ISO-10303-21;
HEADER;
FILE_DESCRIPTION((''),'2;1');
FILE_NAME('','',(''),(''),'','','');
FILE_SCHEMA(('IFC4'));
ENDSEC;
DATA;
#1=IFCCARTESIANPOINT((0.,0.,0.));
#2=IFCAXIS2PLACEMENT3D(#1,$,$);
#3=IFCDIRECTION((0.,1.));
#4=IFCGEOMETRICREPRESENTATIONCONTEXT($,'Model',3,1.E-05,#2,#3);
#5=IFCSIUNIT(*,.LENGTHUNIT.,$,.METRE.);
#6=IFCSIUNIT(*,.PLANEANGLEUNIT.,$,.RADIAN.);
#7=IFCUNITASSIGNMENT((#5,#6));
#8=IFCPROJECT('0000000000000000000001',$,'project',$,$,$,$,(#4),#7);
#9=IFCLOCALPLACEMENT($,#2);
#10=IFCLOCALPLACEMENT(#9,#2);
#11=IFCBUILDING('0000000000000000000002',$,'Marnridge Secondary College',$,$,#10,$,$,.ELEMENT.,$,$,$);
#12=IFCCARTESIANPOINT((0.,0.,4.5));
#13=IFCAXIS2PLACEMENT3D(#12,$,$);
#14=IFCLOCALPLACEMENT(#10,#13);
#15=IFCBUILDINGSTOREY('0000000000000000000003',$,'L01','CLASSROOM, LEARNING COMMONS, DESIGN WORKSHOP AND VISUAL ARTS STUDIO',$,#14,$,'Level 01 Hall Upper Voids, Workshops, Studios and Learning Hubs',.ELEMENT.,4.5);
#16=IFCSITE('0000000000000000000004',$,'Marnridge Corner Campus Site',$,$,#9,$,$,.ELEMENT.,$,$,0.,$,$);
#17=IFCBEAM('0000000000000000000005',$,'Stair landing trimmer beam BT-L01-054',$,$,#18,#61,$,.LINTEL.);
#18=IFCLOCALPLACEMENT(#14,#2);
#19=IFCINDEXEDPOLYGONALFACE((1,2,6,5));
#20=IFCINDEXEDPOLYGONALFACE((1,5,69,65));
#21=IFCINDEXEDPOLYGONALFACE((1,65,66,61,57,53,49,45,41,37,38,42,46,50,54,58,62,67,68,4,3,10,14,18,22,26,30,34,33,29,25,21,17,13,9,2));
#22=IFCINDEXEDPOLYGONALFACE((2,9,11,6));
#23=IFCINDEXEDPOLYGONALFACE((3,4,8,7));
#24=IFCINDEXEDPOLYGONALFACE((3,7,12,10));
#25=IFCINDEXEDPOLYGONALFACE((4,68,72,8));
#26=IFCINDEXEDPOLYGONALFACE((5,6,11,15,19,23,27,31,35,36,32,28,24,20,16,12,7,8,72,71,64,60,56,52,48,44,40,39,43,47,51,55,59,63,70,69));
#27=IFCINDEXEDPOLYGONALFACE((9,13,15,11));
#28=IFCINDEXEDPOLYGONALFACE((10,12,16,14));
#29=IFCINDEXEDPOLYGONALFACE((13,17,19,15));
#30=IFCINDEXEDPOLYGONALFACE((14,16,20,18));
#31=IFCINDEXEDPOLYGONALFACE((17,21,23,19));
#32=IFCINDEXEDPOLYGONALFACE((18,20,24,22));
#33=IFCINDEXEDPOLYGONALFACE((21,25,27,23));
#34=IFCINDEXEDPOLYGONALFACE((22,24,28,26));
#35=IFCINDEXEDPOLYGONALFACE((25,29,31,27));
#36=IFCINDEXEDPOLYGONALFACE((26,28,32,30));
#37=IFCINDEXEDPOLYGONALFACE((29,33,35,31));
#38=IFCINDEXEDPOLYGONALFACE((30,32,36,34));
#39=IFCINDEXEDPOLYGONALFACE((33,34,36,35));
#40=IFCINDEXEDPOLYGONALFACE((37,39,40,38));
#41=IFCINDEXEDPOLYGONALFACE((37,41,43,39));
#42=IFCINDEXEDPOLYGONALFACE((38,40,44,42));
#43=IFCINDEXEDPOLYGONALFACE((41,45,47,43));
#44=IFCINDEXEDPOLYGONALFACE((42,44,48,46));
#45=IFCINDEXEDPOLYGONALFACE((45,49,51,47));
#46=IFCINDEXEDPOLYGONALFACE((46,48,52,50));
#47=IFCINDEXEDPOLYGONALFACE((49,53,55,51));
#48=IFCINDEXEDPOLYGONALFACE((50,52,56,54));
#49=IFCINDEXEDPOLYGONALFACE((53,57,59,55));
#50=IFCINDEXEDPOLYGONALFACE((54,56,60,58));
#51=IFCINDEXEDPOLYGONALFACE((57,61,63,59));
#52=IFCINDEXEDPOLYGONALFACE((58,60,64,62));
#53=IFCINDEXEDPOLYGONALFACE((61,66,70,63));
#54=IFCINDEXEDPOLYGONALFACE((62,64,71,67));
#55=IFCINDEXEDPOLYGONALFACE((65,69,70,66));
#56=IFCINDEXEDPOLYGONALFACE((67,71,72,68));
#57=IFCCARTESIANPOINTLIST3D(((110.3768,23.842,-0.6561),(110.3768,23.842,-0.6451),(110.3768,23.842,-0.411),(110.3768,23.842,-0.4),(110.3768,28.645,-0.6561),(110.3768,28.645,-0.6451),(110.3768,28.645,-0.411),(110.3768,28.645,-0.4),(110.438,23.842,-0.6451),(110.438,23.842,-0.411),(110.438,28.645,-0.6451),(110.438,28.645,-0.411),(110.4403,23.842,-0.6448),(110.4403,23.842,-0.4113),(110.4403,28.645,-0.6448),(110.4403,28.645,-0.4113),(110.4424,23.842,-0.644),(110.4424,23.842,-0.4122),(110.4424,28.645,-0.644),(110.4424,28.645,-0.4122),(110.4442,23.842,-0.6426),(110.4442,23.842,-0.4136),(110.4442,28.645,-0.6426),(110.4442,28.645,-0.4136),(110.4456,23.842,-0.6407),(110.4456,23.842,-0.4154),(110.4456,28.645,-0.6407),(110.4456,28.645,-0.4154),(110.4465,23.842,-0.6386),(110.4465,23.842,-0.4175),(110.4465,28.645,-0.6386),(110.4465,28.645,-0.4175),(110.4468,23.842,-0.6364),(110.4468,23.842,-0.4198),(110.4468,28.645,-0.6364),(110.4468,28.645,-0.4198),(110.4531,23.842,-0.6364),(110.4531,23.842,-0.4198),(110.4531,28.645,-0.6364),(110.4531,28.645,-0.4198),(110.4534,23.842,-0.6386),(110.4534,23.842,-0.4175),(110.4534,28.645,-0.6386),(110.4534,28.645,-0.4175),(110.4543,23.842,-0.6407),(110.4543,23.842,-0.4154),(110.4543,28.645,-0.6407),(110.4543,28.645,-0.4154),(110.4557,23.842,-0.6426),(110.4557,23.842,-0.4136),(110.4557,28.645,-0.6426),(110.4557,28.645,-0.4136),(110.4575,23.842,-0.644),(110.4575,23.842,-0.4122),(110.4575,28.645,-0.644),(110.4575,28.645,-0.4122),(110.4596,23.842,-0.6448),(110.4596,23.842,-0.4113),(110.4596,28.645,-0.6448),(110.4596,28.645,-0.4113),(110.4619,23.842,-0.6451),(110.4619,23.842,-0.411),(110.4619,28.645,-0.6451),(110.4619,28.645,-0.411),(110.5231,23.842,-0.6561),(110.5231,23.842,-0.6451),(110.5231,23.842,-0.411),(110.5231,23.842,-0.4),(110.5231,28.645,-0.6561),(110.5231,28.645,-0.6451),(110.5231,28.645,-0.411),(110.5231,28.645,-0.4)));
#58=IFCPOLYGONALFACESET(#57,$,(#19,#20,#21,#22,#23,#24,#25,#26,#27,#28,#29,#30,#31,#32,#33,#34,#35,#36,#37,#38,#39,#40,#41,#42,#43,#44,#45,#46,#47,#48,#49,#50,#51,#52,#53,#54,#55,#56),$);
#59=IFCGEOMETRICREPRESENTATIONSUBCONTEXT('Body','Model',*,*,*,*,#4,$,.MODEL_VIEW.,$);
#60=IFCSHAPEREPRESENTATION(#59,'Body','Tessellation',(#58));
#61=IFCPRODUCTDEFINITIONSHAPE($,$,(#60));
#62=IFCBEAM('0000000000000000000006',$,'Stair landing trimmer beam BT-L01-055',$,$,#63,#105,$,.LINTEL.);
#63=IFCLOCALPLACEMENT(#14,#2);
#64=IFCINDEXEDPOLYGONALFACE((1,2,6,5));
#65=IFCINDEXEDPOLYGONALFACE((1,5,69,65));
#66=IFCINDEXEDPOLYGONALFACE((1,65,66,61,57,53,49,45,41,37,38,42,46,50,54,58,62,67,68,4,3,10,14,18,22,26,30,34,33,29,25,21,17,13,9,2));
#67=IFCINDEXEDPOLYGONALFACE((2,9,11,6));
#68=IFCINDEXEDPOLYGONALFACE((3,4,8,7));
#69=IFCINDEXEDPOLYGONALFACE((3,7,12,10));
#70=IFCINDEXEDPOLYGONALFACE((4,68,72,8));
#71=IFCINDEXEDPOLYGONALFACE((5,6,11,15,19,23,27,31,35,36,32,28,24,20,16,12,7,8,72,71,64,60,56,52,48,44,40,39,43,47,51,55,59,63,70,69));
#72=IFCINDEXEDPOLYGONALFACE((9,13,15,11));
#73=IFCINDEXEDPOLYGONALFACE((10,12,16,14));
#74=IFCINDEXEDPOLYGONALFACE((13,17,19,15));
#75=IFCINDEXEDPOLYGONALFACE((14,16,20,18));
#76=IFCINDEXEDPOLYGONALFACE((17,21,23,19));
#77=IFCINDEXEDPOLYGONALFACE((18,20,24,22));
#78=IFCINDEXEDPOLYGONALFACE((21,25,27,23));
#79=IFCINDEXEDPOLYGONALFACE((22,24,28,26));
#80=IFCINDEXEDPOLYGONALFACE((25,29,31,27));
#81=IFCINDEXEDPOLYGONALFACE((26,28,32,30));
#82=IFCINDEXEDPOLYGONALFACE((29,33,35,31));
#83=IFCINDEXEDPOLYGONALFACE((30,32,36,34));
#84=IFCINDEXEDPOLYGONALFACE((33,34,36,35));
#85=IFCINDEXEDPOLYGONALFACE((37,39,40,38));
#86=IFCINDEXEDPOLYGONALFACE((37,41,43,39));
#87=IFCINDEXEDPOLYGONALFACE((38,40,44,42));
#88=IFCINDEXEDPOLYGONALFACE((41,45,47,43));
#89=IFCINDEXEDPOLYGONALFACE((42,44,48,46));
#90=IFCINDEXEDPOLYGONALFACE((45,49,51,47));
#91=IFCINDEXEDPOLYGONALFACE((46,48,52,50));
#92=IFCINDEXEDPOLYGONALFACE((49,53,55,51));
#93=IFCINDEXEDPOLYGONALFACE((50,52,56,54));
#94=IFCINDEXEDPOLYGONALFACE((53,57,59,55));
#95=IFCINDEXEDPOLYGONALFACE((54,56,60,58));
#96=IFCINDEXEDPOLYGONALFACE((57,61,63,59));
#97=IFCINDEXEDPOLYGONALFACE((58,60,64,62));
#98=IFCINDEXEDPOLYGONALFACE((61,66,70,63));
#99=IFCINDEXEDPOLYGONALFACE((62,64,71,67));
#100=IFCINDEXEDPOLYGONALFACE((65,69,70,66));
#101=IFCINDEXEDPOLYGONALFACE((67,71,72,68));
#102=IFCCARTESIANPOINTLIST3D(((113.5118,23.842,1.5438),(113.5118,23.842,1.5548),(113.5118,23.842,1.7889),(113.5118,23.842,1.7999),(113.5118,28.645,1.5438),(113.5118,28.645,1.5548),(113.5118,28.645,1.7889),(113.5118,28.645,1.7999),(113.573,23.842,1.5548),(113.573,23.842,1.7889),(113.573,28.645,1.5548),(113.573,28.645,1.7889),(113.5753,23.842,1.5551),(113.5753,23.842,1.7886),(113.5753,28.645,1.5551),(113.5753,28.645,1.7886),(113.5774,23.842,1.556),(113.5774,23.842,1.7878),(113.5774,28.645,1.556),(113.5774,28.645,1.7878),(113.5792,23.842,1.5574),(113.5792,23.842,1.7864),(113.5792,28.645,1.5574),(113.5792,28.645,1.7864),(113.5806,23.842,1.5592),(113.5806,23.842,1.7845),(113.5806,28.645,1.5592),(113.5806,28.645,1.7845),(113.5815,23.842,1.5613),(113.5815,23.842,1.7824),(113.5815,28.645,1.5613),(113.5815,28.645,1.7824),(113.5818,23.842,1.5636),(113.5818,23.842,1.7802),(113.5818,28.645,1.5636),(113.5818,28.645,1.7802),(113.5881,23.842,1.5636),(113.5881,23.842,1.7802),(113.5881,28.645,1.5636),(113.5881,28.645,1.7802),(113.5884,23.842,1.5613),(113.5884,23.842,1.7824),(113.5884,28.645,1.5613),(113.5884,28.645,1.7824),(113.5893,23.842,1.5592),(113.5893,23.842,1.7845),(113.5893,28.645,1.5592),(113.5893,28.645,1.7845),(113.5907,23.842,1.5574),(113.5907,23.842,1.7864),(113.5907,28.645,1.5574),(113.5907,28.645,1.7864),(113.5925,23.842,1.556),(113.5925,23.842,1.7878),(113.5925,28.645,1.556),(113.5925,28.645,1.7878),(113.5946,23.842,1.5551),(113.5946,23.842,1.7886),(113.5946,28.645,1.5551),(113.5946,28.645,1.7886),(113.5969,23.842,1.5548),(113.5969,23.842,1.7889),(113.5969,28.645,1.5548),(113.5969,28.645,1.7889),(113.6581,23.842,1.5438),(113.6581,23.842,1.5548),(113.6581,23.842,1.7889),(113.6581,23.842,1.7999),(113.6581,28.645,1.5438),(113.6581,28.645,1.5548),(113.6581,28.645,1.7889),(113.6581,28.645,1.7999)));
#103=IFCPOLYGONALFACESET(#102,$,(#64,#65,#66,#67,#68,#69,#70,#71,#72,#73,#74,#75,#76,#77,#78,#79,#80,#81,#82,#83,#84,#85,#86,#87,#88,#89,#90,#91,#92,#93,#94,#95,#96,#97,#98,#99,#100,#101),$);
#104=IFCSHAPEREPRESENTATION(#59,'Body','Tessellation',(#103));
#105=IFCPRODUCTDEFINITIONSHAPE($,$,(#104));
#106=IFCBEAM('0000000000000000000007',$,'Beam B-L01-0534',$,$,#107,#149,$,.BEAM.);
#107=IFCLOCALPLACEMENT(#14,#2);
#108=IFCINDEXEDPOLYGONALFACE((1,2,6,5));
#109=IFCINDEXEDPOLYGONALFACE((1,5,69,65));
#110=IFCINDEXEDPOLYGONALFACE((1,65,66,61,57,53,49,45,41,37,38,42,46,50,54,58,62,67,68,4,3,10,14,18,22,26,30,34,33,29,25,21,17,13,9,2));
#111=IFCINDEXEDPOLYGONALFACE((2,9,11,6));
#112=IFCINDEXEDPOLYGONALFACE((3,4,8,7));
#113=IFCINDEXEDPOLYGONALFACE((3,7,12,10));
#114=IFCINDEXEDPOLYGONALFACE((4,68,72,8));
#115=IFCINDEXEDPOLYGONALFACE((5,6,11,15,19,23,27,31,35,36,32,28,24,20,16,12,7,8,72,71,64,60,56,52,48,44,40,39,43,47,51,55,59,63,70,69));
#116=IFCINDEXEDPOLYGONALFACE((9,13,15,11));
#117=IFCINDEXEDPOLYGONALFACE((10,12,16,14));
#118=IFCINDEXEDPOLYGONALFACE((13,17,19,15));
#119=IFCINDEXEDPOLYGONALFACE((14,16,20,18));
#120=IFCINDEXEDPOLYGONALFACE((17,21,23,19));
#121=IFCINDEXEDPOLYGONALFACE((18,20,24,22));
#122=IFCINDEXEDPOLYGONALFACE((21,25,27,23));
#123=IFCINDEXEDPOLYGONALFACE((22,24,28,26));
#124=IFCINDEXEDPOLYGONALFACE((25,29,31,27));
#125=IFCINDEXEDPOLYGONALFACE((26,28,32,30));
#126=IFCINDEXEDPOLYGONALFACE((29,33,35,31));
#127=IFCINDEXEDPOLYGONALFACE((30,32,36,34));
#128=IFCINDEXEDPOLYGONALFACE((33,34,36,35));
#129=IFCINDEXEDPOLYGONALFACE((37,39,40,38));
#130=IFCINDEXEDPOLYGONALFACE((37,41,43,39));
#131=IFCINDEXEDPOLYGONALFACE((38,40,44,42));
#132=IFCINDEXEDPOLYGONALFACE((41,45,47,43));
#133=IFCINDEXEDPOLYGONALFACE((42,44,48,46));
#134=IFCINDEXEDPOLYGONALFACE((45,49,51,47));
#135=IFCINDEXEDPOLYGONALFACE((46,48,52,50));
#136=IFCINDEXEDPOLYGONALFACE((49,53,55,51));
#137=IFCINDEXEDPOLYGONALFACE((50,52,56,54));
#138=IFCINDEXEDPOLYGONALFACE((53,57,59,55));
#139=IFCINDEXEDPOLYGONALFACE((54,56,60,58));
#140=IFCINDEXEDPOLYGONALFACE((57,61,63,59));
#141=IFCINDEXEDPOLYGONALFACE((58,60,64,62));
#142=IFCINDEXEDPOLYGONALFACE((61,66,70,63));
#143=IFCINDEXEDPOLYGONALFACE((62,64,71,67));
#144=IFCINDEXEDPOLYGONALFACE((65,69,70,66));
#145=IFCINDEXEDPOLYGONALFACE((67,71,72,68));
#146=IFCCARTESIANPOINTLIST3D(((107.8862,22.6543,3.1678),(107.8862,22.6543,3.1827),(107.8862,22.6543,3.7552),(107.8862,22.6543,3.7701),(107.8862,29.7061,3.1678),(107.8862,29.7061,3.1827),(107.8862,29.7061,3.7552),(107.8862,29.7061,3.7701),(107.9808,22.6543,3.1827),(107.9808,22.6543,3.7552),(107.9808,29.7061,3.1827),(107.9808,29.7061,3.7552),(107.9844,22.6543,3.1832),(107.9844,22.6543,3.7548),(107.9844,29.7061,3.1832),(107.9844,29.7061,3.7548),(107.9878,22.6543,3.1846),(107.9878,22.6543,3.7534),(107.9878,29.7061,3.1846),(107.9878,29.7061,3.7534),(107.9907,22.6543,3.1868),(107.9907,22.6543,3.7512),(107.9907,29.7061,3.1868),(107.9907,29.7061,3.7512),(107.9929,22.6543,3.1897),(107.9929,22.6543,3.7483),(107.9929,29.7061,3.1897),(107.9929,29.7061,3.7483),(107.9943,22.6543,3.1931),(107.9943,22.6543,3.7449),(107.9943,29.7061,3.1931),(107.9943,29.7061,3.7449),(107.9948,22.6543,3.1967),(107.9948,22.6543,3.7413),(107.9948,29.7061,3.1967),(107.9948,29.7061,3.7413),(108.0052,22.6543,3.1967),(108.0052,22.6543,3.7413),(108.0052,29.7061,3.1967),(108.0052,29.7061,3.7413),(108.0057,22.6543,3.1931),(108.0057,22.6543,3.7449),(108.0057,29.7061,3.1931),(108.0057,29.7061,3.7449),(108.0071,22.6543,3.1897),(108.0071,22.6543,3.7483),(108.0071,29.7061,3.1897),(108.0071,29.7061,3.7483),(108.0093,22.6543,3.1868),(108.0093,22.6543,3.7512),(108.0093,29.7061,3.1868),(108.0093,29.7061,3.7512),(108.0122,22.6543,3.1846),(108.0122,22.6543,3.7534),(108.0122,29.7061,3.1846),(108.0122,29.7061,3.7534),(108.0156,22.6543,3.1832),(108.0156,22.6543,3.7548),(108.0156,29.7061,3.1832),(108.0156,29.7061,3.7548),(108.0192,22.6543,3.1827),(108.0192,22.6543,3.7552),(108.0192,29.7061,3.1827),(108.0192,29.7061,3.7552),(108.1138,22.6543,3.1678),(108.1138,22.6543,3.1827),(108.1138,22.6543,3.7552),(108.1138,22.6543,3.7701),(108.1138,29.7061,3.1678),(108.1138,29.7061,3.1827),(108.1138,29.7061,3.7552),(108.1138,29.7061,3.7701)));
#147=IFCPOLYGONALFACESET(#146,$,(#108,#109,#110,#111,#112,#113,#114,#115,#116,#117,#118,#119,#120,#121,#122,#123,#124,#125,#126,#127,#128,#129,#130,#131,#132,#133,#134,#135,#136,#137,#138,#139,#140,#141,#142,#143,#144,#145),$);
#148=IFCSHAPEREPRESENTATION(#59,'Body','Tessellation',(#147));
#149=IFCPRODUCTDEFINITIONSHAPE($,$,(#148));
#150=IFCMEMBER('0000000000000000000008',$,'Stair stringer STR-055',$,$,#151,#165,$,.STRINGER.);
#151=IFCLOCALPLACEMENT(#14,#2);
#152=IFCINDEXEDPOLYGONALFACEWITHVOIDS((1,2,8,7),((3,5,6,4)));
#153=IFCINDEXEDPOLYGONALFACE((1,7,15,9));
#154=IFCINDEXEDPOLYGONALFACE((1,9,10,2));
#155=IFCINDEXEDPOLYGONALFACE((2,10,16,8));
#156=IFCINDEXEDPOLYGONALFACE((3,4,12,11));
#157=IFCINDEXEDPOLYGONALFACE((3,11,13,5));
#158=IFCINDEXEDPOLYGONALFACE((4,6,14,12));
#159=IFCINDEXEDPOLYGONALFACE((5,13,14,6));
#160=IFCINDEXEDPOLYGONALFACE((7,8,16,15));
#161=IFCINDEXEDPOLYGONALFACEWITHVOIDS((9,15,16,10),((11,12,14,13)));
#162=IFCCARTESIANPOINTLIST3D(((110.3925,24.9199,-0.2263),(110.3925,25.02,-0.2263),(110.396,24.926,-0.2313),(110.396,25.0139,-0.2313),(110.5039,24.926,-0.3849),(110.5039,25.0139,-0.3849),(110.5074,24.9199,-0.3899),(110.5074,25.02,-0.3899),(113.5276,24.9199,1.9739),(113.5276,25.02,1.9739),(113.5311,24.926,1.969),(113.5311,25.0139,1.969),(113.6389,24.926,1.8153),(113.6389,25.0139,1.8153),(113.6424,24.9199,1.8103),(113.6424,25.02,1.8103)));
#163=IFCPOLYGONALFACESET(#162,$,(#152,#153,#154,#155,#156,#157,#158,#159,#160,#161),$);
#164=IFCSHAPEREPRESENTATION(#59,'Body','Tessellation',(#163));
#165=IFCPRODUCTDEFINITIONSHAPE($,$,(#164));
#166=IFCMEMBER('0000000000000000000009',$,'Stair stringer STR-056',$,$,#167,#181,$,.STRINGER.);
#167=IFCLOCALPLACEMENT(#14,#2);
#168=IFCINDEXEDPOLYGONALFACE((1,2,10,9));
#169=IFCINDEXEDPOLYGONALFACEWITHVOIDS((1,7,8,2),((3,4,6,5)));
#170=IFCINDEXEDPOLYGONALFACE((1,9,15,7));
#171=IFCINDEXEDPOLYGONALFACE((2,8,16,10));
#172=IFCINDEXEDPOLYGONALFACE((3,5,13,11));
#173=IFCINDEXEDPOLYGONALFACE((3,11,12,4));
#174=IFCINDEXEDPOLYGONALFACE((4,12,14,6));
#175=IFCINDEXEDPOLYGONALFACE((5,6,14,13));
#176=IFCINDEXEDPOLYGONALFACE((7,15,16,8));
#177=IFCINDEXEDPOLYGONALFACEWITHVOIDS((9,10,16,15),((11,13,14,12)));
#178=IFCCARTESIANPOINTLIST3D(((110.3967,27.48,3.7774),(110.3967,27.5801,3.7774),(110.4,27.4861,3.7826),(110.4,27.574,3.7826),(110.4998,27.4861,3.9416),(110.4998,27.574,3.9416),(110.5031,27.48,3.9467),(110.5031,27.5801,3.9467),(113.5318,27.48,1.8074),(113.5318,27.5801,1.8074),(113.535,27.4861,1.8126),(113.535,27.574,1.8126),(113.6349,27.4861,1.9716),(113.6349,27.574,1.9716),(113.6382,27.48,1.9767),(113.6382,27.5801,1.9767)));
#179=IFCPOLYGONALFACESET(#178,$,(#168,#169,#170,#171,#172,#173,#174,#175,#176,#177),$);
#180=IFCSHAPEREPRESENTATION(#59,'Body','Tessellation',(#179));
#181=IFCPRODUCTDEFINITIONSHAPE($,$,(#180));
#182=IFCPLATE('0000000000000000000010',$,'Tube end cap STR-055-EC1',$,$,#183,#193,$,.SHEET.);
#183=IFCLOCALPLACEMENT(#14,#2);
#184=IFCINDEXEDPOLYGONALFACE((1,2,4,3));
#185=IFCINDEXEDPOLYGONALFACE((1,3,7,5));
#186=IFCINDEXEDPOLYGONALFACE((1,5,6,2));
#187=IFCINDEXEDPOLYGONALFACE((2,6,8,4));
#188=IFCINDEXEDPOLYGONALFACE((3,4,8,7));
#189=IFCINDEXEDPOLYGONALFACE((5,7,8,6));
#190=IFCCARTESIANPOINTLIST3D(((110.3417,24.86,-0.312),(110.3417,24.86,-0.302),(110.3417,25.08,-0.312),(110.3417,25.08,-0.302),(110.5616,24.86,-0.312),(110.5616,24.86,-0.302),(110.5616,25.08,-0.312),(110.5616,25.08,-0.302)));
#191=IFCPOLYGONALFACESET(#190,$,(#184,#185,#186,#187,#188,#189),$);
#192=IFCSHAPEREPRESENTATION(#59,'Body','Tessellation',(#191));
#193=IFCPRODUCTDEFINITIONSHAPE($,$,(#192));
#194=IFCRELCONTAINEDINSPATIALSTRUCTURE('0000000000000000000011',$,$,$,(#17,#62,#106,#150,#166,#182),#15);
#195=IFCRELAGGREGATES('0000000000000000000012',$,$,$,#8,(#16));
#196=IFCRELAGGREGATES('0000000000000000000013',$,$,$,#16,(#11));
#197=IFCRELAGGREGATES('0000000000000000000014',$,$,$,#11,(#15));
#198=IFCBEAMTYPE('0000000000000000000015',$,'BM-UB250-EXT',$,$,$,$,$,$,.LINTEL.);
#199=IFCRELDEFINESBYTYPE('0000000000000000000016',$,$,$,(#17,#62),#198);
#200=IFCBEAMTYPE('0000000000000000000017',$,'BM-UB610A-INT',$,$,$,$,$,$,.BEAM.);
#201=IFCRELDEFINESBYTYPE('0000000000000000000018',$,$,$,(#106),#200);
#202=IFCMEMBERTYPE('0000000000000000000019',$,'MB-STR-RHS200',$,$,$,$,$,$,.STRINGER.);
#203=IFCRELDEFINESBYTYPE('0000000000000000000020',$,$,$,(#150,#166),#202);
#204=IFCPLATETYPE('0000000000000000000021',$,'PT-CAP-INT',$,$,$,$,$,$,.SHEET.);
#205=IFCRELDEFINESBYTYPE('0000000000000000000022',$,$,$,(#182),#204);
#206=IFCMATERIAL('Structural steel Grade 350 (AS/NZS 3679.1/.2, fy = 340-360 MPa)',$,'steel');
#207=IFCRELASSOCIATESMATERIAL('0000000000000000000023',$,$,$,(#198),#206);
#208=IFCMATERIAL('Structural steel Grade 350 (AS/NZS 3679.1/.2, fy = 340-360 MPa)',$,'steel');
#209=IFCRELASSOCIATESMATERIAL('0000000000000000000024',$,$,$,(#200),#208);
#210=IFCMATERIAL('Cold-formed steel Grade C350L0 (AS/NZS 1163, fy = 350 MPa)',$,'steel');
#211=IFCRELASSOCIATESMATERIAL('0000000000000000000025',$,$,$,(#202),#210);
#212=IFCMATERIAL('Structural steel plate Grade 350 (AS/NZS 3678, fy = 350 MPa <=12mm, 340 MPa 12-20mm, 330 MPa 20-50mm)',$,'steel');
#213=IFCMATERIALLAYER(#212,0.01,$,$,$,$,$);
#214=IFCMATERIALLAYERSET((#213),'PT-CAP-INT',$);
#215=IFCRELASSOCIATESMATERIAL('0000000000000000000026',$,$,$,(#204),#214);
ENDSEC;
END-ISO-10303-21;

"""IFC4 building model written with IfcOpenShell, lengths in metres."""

from ifc_helpers import new_model, si_unit, direction, frame, origin, origin_2d, place, context, subcontext, project, spatial, rectangle, hollow_rectangle, i_section, extrude, material, layer, layer_set, material_profile, profile_set, type_object, element, save


model = new_model("IFC4")

# Units and contexts
model_context = context("Model", 3, precision=1e-05, world=origin(), true_north=direction((0.0, 1.0)))
body_context = subcontext(model_context, "Body", "Model", "MODEL_VIEW")
ifc_project = project(units=[si_unit("LENGTHUNIT", "METRE"), si_unit("PLANEANGLEUNIT", "RADIAN")], contexts=[model_context])

# Site, building, storey
site_placement = place(None, origin())
site = spatial("IfcSite", under=ifc_project, at=site_placement, Name="Marnridge Corner Campus Site", CompositionType="ELEMENT", RefElevation=0.0)
building_placement = place(site_placement, origin())
building = spatial("IfcBuilding", under=site, at=building_placement, Name="Marnridge Secondary College", CompositionType="ELEMENT")
storey_placement = place(building_placement, frame((0.0, 0.0, 4.5)))
storey = spatial("IfcBuildingStorey", under=building, at=storey_placement, Name="L01", Description="CLASSROOM, LEARNING COMMONS, DESIGN WORKSHOP AND VISUAL ARTS STUDIO", LongName="Level 01 Hall Upper Voids, Workshops, Studios and Learning Hubs", CompositionType="ELEMENT", Elevation=4.5)

# Beams
ifc_material_1 = material(Name="Structural steel Grade 350 (AS/NZS 3679.1/.2, fy = 340-360 MPa)", Category="steel")
ifc_material_profile_1 = material_profile(ifc_material_1, i_section(OverallWidth=0.1462, OverallDepth=0.2561, WebThickness=0.0063, FlangeThickness=0.011, FilletRadius=0.0088, at=origin_2d()), Name="250UB37.3")
ifc_profile_set_1 = profile_set([ifc_material_profile_1], Name="Structural steel Grade 350 (AS/NZS 3679.1/.2, fy = 340-360 MPa)")
beam_type_1 = type_object("IfcBeamType", Name="BM-UB250-EXT", PredefinedType="LINTEL", material=ifc_profile_set_1)
for number, where, z_axis, x_axis, name in (
    (1, (110.45, 23.842, -0.5281), (0.0, 1.0, 0.0), (-1.0, 0.0, 0.0), "Stair landing trimmer beam BT-L01-054"),
    (2, (113.585, 23.842, 1.6719), (0.0, 1.0, 0.0), (-1.0, 0.0, 0.0), "Stair landing trimmer beam BT-L01-055"),
):
    element("IfcBeam", number, at=place(storey_placement, frame(where, z_axis=z_axis, x_axis=x_axis)), inside=storey, type_object=beam_type_1, Name=name, PredefinedType="LINTEL", context=body_context, shape_type="SweptSolid", body=[
        extrude(i_section(OverallWidth=0.1462, OverallDepth=0.2561, WebThickness=0.0063, FlangeThickness=0.011, FilletRadius=0.0088, at=origin_2d()), origin(), (0.0, 0.0, 1.0), 4.803),
    ])
ifc_material_2 = material(Name="Structural steel Grade 350 (AS/NZS 3679.1/.2, fy = 340-360 MPa)", Category="steel")
ifc_material_profile_2 = material_profile(ifc_material_2, i_section(OverallWidth=0.2275, OverallDepth=0.6023, WebThickness=0.0105, FlangeThickness=0.0149, FilletRadius=0.0139, at=origin_2d()), Name="610UB101")
ifc_profile_set_2 = profile_set([ifc_material_profile_2], Name="Structural steel Grade 350 (AS/NZS 3679.1/.2, fy = 340-360 MPa)")
beam_type_2 = type_object("IfcBeamType", Name="BM-UB610A-INT", PredefinedType="BEAM", material=ifc_profile_set_2)
beam_placement = place(storey_placement, frame((108.0, 22.6543, 3.469), z_axis=(0.0, 1.0, 0.0), x_axis=(-1.0, 0.0, 0.0)))
element("IfcBeam", 3, at=beam_placement, inside=storey, type_object=beam_type_2, Name="Beam B-L01-0534", PredefinedType="BEAM", context=body_context, shape_type="SweptSolid", body=[
    extrude(i_section(OverallWidth=0.2275, OverallDepth=0.6023, WebThickness=0.0105, FlangeThickness=0.0149, FilletRadius=0.0139, at=origin_2d()), origin(), (0.0, 0.0, 1.0), 7.0518),
])

# Members
ifc_material_3 = material(Name="Cold-formed steel Grade C350L0 (AS/NZS 1163, fy = 350 MPa)", Category="steel")
ifc_material_profile_3 = material_profile(ifc_material_3, hollow_rectangle(XDim=0.1001, YDim=0.2, WallThickness=0.0061, at=origin_2d()), Name="200x100x6.0RHS")
ifc_profile_set_3 = profile_set([ifc_material_profile_3], Name="Cold-formed steel Grade C350L0 (AS/NZS 1163, fy = 350 MPa)")
member_type = type_object("IfcMemberType", Name="MB-STR-RHS200", PredefinedType="STRINGER", material=ifc_profile_set_3)
member_1_placement = place(storey_placement, frame((110.45, 24.97, -0.3081), z_axis=(0.818534, 0.0, 0.574459), x_axis=(0.0, 1.0, 0.0)))
element("IfcMember", 4, at=member_1_placement, inside=storey, type_object=member_type, Name="Stair stringer STR-055", PredefinedType="STRINGER", context=body_context, shape_type="SweptSolid", body=[
    extrude(hollow_rectangle(XDim=0.1001, YDim=0.2, WallThickness=0.0061, at=origin_2d()), origin(), (0.0, 0.0, 1.0), 3.8301),
])
member_2_placement = place(storey_placement, frame((113.585, 27.53, 1.8921), z_axis=(-0.84671, 0.0, 0.532054), x_axis=(0.0, -1.0, 0.0)))
element("IfcMember", 5, at=member_2_placement, inside=storey, type_object=member_type, Name="Stair stringer STR-056", PredefinedType="STRINGER", context=body_context, shape_type="SweptSolid", body=[
    extrude(hollow_rectangle(XDim=0.1001, YDim=0.2, WallThickness=0.0061, at=origin_2d()), origin(), (0.0, 0.0, 1.0), 3.7026),
])

# Plate
ifc_material_4 = material(Name="Structural steel plate Grade 350 (AS/NZS 3678, fy = 350 MPa <=12mm, 340 MPa 12-20mm, 330 MPa 20-50mm)", Category="steel")
ifc_layer_1 = layer(ifc_material_4, 0.01)
ifc_layer_set_1 = layer_set([ifc_layer_1], Name="PT-CAP-INT")
plate_type = type_object("IfcPlateType", Name="PT-CAP-INT", PredefinedType="SHEET", material=ifc_layer_set_1)
for number, where, z_axis, x_axis, name in (
    (6, (110.4517, 24.97, -0.312), (0.0, 0.0, 1.0), (1.0, 0.0, 0.0), "Tube end cap STR-055-EC1"),
):
    element("IfcPlate", number, at=place(storey_placement, frame(where, z_axis=z_axis, x_axis=x_axis)), inside=storey, type_object=plate_type, Name=name, PredefinedType="SHEET", context=body_context, shape_type="SweptSolid", body=[
        extrude(rectangle(XDim=0.22, YDim=0.22, at=origin_2d()), origin(), (0.0, 0.0, 1.0), 0.01),
    ])

save(model, "model.ifc")
